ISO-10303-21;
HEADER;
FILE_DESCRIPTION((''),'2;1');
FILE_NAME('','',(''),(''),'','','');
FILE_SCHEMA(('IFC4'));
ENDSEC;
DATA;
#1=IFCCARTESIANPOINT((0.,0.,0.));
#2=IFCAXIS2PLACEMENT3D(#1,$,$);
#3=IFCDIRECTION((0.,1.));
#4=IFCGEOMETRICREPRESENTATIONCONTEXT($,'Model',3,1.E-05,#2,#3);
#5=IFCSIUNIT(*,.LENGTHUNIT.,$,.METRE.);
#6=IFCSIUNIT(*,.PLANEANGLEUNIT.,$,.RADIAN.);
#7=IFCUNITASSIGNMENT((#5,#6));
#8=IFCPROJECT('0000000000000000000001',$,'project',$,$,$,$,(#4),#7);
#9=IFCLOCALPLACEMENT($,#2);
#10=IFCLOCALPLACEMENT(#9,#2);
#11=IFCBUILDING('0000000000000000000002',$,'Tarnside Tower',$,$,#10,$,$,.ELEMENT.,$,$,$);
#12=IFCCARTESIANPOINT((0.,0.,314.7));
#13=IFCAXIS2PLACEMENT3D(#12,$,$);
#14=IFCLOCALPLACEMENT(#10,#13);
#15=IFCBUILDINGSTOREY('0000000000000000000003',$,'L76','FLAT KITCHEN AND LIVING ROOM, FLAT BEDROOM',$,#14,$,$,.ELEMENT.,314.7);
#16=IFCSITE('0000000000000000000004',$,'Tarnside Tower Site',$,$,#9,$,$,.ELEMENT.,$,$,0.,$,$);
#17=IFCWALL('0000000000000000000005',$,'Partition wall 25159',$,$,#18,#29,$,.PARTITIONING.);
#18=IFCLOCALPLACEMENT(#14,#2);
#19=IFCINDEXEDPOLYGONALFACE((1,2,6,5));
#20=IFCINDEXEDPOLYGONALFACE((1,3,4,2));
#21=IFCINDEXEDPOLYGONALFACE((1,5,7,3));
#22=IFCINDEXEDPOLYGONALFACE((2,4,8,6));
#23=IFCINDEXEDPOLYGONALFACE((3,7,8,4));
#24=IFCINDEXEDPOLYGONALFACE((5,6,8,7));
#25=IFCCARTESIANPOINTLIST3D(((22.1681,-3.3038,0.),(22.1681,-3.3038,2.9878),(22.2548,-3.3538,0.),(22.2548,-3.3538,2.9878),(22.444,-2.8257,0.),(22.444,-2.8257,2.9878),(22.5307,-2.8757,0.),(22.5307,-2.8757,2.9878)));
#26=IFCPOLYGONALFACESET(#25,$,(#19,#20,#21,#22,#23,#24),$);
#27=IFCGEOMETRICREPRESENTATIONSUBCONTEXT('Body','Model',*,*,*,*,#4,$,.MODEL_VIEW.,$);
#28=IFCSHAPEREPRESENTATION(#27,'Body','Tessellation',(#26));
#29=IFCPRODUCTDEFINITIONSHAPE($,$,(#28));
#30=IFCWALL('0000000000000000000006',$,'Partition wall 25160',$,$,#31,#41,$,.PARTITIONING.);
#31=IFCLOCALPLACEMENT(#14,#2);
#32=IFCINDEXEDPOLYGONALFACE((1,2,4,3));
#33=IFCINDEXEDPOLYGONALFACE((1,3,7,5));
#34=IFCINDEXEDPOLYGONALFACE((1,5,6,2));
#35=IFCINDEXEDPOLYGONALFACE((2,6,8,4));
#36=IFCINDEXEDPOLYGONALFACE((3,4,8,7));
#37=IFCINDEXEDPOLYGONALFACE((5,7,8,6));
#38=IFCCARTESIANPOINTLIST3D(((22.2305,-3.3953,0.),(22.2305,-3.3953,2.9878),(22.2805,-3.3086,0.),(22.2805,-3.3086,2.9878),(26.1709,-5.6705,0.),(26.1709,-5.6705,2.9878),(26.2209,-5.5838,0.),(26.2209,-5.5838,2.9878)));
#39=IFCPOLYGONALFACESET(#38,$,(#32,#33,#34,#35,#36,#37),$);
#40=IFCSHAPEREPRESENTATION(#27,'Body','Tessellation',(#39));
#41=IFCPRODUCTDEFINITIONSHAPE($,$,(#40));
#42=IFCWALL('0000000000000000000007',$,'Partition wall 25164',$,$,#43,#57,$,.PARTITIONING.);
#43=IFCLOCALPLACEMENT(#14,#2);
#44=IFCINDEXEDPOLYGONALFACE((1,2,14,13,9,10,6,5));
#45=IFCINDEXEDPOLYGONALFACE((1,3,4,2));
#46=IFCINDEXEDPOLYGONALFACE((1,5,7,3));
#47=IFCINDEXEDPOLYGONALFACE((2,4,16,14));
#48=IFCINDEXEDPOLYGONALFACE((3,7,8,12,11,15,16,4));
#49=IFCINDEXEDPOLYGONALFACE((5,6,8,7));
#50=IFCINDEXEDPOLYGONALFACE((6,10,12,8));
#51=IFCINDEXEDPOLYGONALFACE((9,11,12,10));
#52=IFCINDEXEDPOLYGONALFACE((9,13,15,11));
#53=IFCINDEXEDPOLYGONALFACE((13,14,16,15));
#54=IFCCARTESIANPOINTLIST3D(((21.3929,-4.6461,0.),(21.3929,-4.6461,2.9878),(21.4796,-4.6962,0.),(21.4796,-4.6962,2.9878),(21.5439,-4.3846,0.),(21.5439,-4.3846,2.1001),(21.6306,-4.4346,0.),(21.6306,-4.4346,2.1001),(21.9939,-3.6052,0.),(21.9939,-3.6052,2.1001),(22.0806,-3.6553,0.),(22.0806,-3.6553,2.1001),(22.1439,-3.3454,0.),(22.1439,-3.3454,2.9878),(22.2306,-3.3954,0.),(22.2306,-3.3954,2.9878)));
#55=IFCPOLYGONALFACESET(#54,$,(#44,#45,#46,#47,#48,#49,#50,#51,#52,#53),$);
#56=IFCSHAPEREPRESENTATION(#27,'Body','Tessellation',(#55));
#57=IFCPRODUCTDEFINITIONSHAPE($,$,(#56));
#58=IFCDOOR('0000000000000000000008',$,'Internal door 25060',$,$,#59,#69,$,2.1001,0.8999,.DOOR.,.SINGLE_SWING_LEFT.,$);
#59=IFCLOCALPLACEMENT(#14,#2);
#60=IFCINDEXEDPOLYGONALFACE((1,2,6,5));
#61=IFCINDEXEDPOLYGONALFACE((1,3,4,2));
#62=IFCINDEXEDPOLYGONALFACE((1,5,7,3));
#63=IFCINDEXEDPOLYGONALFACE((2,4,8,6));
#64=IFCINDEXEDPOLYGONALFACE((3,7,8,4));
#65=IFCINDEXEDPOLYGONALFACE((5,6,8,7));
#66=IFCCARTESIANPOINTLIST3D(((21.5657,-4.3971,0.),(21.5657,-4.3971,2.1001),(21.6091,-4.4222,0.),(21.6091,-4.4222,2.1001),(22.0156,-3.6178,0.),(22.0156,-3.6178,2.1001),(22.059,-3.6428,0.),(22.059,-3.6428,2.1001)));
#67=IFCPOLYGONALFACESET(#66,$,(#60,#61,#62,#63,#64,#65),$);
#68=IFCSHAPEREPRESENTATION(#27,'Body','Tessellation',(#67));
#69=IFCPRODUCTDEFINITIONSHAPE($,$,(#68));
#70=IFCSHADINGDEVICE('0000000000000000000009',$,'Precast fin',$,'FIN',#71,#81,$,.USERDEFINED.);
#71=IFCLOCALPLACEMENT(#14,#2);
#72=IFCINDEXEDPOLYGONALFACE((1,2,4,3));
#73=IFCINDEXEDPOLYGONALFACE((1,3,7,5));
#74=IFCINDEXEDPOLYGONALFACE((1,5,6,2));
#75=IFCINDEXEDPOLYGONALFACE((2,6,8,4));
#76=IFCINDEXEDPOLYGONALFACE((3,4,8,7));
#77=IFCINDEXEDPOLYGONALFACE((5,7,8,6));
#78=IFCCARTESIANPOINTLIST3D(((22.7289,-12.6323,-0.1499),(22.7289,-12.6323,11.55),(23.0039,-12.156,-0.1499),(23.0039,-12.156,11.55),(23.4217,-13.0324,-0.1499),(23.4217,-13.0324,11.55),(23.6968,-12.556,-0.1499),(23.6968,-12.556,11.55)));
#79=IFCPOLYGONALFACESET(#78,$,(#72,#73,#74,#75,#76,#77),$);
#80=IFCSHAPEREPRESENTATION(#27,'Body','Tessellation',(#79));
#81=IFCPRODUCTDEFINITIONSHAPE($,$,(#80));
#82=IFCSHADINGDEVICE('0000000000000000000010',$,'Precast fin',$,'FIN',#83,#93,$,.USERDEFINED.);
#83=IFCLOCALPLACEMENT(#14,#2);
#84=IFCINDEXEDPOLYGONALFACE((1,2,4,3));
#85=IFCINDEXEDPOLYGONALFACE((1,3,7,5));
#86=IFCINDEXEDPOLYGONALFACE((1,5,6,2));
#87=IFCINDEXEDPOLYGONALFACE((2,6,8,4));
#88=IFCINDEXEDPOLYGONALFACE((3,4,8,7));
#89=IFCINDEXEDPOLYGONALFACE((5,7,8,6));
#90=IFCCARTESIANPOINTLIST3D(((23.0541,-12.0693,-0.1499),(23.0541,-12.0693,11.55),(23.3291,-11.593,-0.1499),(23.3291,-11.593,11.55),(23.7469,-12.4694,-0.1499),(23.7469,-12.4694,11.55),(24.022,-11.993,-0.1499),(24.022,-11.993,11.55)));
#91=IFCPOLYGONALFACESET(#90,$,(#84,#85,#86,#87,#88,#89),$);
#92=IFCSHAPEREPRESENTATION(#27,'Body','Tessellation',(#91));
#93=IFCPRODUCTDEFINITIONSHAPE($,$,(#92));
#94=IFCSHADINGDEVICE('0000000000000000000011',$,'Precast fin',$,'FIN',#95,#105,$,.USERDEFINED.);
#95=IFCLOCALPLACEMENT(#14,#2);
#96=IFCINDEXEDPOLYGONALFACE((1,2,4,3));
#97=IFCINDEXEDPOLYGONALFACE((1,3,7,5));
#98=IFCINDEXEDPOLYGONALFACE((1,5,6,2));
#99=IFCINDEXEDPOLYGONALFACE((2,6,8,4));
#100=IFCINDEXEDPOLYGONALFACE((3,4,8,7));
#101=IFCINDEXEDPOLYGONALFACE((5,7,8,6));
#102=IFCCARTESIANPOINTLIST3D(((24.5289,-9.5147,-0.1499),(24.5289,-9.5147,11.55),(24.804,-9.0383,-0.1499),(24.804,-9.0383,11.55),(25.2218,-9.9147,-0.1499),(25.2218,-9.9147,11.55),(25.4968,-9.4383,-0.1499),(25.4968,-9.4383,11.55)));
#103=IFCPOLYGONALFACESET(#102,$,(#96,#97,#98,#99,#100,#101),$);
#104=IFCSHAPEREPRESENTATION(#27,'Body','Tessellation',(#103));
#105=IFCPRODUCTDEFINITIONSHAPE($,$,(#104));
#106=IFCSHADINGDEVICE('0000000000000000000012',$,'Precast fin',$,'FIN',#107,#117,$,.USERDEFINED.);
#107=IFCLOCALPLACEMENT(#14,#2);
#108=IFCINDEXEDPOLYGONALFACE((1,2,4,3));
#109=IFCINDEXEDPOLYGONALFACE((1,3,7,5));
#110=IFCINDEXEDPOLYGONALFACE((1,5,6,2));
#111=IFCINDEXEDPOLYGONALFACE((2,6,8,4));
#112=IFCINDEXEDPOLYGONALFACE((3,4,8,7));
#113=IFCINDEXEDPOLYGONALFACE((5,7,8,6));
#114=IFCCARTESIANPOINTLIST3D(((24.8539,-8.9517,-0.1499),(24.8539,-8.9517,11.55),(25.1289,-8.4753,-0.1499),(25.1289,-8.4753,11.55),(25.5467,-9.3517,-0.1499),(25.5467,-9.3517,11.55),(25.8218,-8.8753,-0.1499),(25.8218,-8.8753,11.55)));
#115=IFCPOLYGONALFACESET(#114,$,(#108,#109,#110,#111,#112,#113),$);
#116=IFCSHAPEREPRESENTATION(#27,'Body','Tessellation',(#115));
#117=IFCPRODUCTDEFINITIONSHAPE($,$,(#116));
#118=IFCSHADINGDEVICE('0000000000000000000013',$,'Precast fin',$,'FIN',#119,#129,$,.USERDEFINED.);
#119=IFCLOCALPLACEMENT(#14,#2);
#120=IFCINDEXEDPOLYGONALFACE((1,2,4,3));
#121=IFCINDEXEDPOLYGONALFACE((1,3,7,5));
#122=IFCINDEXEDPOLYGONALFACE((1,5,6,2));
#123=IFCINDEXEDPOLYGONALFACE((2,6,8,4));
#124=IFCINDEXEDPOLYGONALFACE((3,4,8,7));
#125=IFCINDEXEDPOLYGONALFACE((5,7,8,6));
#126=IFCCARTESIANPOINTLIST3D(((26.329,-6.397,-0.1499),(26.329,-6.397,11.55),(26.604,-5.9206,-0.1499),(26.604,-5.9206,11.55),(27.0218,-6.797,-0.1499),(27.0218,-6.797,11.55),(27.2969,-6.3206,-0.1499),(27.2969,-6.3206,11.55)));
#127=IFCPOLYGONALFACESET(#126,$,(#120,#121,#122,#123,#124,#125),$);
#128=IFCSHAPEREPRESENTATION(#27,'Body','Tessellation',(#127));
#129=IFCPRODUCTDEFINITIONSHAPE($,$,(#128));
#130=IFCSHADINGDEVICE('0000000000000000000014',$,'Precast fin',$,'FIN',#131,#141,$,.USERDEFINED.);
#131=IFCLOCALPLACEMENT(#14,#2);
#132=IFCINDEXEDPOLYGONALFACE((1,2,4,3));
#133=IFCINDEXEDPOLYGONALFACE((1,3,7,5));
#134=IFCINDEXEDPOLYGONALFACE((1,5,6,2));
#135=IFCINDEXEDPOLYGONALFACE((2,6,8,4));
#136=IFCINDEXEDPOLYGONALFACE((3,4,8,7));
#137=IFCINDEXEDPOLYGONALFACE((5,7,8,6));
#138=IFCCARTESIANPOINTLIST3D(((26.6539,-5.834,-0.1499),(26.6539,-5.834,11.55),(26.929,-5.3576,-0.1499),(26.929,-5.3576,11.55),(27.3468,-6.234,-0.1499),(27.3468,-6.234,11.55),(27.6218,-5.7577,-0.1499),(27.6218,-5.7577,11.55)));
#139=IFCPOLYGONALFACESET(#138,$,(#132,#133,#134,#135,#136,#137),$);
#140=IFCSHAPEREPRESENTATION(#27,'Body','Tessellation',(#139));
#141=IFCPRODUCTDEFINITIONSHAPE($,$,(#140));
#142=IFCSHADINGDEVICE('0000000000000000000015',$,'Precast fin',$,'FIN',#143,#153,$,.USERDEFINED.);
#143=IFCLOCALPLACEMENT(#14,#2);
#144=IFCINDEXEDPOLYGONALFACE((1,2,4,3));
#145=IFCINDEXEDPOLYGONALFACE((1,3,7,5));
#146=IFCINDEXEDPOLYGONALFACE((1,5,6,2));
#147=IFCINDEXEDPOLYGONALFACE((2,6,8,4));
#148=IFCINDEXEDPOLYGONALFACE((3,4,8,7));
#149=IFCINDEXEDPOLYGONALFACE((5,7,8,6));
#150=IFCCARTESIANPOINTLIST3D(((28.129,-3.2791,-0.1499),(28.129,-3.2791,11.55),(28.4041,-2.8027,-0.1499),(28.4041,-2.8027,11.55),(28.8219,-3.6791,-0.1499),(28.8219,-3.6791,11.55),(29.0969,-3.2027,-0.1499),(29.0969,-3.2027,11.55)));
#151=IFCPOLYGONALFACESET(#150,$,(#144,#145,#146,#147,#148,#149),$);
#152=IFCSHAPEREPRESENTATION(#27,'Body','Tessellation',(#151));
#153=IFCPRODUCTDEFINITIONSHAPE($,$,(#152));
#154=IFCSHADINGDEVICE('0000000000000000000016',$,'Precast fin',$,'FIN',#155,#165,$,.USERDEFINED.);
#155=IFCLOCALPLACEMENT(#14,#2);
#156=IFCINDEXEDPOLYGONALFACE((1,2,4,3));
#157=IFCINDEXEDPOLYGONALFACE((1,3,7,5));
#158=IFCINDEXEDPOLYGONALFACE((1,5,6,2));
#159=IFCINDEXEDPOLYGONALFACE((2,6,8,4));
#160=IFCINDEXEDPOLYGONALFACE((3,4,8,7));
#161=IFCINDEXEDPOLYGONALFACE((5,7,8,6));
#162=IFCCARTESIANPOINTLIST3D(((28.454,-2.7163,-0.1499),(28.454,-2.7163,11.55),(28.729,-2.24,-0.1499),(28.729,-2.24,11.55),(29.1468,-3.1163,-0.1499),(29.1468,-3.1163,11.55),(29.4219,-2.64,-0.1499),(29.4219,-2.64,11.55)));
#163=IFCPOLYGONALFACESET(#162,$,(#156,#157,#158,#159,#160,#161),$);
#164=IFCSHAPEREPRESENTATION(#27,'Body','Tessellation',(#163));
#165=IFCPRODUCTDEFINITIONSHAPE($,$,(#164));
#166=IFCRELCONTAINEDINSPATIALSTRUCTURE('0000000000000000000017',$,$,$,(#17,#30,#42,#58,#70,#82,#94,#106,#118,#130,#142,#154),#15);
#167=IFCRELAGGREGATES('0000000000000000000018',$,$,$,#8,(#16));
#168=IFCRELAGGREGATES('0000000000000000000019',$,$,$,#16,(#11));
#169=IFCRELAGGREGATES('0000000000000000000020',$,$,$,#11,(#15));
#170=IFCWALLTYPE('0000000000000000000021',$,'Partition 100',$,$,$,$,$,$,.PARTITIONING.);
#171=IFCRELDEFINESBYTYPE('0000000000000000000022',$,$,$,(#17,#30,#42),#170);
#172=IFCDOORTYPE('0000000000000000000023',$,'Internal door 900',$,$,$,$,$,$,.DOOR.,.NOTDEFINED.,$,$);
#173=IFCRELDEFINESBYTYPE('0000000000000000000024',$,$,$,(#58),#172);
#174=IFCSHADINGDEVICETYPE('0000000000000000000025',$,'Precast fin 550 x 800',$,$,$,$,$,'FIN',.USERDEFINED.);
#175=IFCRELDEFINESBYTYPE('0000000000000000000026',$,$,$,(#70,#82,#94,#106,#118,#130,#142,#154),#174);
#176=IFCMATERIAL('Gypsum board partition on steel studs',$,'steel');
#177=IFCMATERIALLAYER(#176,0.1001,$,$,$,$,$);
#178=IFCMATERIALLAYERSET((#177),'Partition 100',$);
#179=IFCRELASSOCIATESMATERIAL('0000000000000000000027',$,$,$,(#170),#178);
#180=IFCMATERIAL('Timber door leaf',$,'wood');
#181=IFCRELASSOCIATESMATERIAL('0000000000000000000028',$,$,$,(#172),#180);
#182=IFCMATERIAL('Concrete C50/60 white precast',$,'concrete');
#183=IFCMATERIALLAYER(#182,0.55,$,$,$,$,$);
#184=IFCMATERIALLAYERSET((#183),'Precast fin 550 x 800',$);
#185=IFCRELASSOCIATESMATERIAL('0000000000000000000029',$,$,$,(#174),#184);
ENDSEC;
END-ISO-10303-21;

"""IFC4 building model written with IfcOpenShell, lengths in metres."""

from ifc_helpers import new_model, si_unit, direction, frame, frame_2d, origin, place, context, subcontext, project, spatial, polyline, rectangle, outline, extrude, material, layer, layer_set, type_object, element, fill, save


model = new_model("IFC4")

# Units and contexts
model_context = context("Model", 3, precision=1e-05, world=origin(), true_north=direction((0.0, 1.0)))
body_context = subcontext(model_context, "Body", "Model", "MODEL_VIEW")
ifc_project = project(units=[si_unit("LENGTHUNIT", "METRE"), si_unit("PLANEANGLEUNIT", "RADIAN")], contexts=[model_context])

# Site, building, storey
site_placement = place(None, origin())
site = spatial("IfcSite", under=ifc_project, at=site_placement, Name="Tarnside Tower Site", CompositionType="ELEMENT", RefElevation=0.0)
building_placement = place(site_placement, origin())
building = spatial("IfcBuilding", under=site, at=building_placement, Name="Tarnside Tower", CompositionType="ELEMENT")
storey_placement = place(building_placement, frame((0.0, 0.0, 314.7)))
storey = spatial("IfcBuildingStorey", under=building, at=storey_placement, Name="L76", Description="FLAT KITCHEN AND LIVING ROOM, FLAT BEDROOM", CompositionType="ELEMENT", Elevation=314.7)

# Shared definitions
ifc_material_1 = material(Name="Gypsum board partition on steel studs", Category="steel")

# Shared definitions
ifc_material_2 = material(Name="Timber door leaf", Category="wood")

# Shared definitions
ifc_layer_1 = layer(ifc_material_1, 0.1001)
ifc_layer_set_1 = layer_set([ifc_layer_1], Name="Partition 100")
wall_type_1 = type_object("IfcWallType", Name="Partition 100", PredefinedType="PARTITIONING", material=ifc_layer_set_1)
door_type_1 = type_object("IfcDoorType", Name="Internal door 900", OperationType="NOTDEFINED", PredefinedType="DOOR", material=ifc_material_2)

# Walls
wall_1_placement = place(storey_placement, frame((22.4873, -2.8508, 0.0), z_axis=(0.0, 0.0, 1.0), x_axis=(-0.49985, -0.866112, 0.0)))
element("IfcWall", 1, at=wall_1_placement, inside=storey, type_object=wall_type_1, Name="Partition wall 25159", PredefinedType="PARTITIONING", context=body_context, shape_type="SweptSolid", body=[
    extrude(rectangle(XDim=0.552, YDim=0.1001, at=frame_2d((0.2759, 0.0))), origin(), (0.0, 0.0, 1.0), 2.9878),
])
wall_2_placement = place(storey_placement, frame((22.2556, -3.3521, 0.0), z_axis=(0.0, 0.0, 1.0), x_axis=(0.866012, -0.500023, 0.0)))
element("IfcWall", 2, at=wall_2_placement, inside=storey, type_object=wall_type_1, Name="Partition wall 25160", PredefinedType="PARTITIONING", context=body_context, shape_type="SweptSolid", body=[
    extrude(rectangle(XDim=4.55, YDim=0.1001, at=frame_2d((2.2749, 0.0))), origin(), (0.0, 0.0, 1.0), 2.9878),
])

# Wall, opening, door
wall_3_placement = place(storey_placement, frame((21.4363, -4.6711, 0.0), z_axis=(0.0, 0.0, 1.0), x_axis=(0.499985, 0.866034, 0.0)))
wall_3 = element("IfcWall", 3, at=wall_3_placement, inside=storey, type_object=wall_type_1, Name="Partition wall 25164", PredefinedType="PARTITIONING", context=body_context, shape_type="SweptSolid", body=[
    extrude(rectangle(XDim=1.502, YDim=0.1001, at=frame_2d((0.751, 0.0))), origin(), (0.0, 0.0, 1.0), 2.9878),
])
opening_1_placement = place(wall_3_placement, frame((0.302, 0.0, 0.0)))
opening_1 = element("IfcOpeningElement", 4, at=opening_1_placement, cuts=wall_3, PredefinedType="OPENING", context=body_context, shape_type="SweptSolid", body=[
    extrude(rectangle(XDim=0.8999, YDim=2.1001, at=frame_2d((0.45, 1.05))), frame((0.0, 0.0601, 0.0), z_axis=(0.0, -1.0, 0.0), x_axis=(1.0, 0.0, 0.0)), (0.0, 0.0, 1.0), 0.1201),
])
door_1_placement = place(opening_1_placement, origin())
door_1 = element("IfcDoor", 5, at=door_1_placement, inside=storey, type_object=door_type_1, Name="Internal door 25060", OperationType="SINGLE_SWING_LEFT", OverallHeight=2.1001, OverallWidth=0.8999, PredefinedType="DOOR", context=body_context, shape_type="SweptSolid", body=[
    extrude(rectangle(XDim=0.8999, YDim=2.1001, at=frame_2d((0.45, 1.05))), frame((0.0, 0.0249, 0.0), z_axis=(0.0, -1.0, 0.0), x_axis=(1.0, 0.0, 0.0)), (0.0, 0.0, 1.0), 0.05),
])
fill(opening_1, door_1)

# Shading devices
ifc_material_3 = material(Name="Concrete C50/60 white precast", Category="concrete")
ifc_layer_2 = layer(ifc_material_3, 0.55)
ifc_layer_set_2 = layer_set([ifc_layer_2], Name="Precast fin 550 x 800")
shading_device_type = type_object("IfcShadingDeviceType", Name="Precast fin 550 x 800", ElementType="FIN", PredefinedType="USERDEFINED", material=ifc_layer_set_2)
for number, where, z_axis, x_axis, name in (
    (6, (22.8665, -12.394, -0.1499), (-0.5, -0.866025, 0.0), (0.866025, -0.5, 0.0), "Precast fin"),
    (7, (23.1917, -11.8311, -0.1499), (-0.5, -0.866025, 0.0), (0.866025, -0.5, 0.0), "Precast fin"),
    (8, (24.6665, -9.2764, -0.1499), (-0.5, -0.866025, 0.0), (0.866025, -0.5, 0.0), "Precast fin"),
    (9, (24.9915, -8.7134, -0.1499), (-0.5, -0.866025, 0.0), (0.866025, -0.5, 0.0), "Precast fin"),
    (10, (26.4666, -6.1587, -0.1499), (-0.5, -0.866025, 0.0), (0.866025, -0.5, 0.0), "Precast fin"),
    (11, (26.7915, -5.5957, -0.1499), (-0.5, -0.866025, 0.0), (0.866025, -0.5, 0.0), "Precast fin"),
    (12, (28.2666, -3.0408, -0.1499), (-0.5, -0.866025, 0.0), (0.866025, -0.5, 0.0), "Precast fin"),
    (13, (28.5916, -2.478, -0.1499), (-0.5, -0.866025, 0.0), (0.866025, -0.5, 0.0), "Precast fin"),
):
    element("IfcShadingDevice", number, at=place(storey_placement, frame(where, z_axis=z_axis, x_axis=x_axis)), inside=storey, type_object=shading_device_type, Name=name, ObjectType="FIN", PredefinedType="USERDEFINED", context=body_context, shape_type="SweptSolid", body=[
        extrude(outline(polyline([(0.0, 0.0), (0.8, 0.0), (0.8, 11.7), (0.0, 11.7), (0.0, 0.0)])), frame((0.0, 0.0, -0.2749)), (0.0, 0.0, 1.0), 0.55),
    ])

save(model, "model.ifc")
